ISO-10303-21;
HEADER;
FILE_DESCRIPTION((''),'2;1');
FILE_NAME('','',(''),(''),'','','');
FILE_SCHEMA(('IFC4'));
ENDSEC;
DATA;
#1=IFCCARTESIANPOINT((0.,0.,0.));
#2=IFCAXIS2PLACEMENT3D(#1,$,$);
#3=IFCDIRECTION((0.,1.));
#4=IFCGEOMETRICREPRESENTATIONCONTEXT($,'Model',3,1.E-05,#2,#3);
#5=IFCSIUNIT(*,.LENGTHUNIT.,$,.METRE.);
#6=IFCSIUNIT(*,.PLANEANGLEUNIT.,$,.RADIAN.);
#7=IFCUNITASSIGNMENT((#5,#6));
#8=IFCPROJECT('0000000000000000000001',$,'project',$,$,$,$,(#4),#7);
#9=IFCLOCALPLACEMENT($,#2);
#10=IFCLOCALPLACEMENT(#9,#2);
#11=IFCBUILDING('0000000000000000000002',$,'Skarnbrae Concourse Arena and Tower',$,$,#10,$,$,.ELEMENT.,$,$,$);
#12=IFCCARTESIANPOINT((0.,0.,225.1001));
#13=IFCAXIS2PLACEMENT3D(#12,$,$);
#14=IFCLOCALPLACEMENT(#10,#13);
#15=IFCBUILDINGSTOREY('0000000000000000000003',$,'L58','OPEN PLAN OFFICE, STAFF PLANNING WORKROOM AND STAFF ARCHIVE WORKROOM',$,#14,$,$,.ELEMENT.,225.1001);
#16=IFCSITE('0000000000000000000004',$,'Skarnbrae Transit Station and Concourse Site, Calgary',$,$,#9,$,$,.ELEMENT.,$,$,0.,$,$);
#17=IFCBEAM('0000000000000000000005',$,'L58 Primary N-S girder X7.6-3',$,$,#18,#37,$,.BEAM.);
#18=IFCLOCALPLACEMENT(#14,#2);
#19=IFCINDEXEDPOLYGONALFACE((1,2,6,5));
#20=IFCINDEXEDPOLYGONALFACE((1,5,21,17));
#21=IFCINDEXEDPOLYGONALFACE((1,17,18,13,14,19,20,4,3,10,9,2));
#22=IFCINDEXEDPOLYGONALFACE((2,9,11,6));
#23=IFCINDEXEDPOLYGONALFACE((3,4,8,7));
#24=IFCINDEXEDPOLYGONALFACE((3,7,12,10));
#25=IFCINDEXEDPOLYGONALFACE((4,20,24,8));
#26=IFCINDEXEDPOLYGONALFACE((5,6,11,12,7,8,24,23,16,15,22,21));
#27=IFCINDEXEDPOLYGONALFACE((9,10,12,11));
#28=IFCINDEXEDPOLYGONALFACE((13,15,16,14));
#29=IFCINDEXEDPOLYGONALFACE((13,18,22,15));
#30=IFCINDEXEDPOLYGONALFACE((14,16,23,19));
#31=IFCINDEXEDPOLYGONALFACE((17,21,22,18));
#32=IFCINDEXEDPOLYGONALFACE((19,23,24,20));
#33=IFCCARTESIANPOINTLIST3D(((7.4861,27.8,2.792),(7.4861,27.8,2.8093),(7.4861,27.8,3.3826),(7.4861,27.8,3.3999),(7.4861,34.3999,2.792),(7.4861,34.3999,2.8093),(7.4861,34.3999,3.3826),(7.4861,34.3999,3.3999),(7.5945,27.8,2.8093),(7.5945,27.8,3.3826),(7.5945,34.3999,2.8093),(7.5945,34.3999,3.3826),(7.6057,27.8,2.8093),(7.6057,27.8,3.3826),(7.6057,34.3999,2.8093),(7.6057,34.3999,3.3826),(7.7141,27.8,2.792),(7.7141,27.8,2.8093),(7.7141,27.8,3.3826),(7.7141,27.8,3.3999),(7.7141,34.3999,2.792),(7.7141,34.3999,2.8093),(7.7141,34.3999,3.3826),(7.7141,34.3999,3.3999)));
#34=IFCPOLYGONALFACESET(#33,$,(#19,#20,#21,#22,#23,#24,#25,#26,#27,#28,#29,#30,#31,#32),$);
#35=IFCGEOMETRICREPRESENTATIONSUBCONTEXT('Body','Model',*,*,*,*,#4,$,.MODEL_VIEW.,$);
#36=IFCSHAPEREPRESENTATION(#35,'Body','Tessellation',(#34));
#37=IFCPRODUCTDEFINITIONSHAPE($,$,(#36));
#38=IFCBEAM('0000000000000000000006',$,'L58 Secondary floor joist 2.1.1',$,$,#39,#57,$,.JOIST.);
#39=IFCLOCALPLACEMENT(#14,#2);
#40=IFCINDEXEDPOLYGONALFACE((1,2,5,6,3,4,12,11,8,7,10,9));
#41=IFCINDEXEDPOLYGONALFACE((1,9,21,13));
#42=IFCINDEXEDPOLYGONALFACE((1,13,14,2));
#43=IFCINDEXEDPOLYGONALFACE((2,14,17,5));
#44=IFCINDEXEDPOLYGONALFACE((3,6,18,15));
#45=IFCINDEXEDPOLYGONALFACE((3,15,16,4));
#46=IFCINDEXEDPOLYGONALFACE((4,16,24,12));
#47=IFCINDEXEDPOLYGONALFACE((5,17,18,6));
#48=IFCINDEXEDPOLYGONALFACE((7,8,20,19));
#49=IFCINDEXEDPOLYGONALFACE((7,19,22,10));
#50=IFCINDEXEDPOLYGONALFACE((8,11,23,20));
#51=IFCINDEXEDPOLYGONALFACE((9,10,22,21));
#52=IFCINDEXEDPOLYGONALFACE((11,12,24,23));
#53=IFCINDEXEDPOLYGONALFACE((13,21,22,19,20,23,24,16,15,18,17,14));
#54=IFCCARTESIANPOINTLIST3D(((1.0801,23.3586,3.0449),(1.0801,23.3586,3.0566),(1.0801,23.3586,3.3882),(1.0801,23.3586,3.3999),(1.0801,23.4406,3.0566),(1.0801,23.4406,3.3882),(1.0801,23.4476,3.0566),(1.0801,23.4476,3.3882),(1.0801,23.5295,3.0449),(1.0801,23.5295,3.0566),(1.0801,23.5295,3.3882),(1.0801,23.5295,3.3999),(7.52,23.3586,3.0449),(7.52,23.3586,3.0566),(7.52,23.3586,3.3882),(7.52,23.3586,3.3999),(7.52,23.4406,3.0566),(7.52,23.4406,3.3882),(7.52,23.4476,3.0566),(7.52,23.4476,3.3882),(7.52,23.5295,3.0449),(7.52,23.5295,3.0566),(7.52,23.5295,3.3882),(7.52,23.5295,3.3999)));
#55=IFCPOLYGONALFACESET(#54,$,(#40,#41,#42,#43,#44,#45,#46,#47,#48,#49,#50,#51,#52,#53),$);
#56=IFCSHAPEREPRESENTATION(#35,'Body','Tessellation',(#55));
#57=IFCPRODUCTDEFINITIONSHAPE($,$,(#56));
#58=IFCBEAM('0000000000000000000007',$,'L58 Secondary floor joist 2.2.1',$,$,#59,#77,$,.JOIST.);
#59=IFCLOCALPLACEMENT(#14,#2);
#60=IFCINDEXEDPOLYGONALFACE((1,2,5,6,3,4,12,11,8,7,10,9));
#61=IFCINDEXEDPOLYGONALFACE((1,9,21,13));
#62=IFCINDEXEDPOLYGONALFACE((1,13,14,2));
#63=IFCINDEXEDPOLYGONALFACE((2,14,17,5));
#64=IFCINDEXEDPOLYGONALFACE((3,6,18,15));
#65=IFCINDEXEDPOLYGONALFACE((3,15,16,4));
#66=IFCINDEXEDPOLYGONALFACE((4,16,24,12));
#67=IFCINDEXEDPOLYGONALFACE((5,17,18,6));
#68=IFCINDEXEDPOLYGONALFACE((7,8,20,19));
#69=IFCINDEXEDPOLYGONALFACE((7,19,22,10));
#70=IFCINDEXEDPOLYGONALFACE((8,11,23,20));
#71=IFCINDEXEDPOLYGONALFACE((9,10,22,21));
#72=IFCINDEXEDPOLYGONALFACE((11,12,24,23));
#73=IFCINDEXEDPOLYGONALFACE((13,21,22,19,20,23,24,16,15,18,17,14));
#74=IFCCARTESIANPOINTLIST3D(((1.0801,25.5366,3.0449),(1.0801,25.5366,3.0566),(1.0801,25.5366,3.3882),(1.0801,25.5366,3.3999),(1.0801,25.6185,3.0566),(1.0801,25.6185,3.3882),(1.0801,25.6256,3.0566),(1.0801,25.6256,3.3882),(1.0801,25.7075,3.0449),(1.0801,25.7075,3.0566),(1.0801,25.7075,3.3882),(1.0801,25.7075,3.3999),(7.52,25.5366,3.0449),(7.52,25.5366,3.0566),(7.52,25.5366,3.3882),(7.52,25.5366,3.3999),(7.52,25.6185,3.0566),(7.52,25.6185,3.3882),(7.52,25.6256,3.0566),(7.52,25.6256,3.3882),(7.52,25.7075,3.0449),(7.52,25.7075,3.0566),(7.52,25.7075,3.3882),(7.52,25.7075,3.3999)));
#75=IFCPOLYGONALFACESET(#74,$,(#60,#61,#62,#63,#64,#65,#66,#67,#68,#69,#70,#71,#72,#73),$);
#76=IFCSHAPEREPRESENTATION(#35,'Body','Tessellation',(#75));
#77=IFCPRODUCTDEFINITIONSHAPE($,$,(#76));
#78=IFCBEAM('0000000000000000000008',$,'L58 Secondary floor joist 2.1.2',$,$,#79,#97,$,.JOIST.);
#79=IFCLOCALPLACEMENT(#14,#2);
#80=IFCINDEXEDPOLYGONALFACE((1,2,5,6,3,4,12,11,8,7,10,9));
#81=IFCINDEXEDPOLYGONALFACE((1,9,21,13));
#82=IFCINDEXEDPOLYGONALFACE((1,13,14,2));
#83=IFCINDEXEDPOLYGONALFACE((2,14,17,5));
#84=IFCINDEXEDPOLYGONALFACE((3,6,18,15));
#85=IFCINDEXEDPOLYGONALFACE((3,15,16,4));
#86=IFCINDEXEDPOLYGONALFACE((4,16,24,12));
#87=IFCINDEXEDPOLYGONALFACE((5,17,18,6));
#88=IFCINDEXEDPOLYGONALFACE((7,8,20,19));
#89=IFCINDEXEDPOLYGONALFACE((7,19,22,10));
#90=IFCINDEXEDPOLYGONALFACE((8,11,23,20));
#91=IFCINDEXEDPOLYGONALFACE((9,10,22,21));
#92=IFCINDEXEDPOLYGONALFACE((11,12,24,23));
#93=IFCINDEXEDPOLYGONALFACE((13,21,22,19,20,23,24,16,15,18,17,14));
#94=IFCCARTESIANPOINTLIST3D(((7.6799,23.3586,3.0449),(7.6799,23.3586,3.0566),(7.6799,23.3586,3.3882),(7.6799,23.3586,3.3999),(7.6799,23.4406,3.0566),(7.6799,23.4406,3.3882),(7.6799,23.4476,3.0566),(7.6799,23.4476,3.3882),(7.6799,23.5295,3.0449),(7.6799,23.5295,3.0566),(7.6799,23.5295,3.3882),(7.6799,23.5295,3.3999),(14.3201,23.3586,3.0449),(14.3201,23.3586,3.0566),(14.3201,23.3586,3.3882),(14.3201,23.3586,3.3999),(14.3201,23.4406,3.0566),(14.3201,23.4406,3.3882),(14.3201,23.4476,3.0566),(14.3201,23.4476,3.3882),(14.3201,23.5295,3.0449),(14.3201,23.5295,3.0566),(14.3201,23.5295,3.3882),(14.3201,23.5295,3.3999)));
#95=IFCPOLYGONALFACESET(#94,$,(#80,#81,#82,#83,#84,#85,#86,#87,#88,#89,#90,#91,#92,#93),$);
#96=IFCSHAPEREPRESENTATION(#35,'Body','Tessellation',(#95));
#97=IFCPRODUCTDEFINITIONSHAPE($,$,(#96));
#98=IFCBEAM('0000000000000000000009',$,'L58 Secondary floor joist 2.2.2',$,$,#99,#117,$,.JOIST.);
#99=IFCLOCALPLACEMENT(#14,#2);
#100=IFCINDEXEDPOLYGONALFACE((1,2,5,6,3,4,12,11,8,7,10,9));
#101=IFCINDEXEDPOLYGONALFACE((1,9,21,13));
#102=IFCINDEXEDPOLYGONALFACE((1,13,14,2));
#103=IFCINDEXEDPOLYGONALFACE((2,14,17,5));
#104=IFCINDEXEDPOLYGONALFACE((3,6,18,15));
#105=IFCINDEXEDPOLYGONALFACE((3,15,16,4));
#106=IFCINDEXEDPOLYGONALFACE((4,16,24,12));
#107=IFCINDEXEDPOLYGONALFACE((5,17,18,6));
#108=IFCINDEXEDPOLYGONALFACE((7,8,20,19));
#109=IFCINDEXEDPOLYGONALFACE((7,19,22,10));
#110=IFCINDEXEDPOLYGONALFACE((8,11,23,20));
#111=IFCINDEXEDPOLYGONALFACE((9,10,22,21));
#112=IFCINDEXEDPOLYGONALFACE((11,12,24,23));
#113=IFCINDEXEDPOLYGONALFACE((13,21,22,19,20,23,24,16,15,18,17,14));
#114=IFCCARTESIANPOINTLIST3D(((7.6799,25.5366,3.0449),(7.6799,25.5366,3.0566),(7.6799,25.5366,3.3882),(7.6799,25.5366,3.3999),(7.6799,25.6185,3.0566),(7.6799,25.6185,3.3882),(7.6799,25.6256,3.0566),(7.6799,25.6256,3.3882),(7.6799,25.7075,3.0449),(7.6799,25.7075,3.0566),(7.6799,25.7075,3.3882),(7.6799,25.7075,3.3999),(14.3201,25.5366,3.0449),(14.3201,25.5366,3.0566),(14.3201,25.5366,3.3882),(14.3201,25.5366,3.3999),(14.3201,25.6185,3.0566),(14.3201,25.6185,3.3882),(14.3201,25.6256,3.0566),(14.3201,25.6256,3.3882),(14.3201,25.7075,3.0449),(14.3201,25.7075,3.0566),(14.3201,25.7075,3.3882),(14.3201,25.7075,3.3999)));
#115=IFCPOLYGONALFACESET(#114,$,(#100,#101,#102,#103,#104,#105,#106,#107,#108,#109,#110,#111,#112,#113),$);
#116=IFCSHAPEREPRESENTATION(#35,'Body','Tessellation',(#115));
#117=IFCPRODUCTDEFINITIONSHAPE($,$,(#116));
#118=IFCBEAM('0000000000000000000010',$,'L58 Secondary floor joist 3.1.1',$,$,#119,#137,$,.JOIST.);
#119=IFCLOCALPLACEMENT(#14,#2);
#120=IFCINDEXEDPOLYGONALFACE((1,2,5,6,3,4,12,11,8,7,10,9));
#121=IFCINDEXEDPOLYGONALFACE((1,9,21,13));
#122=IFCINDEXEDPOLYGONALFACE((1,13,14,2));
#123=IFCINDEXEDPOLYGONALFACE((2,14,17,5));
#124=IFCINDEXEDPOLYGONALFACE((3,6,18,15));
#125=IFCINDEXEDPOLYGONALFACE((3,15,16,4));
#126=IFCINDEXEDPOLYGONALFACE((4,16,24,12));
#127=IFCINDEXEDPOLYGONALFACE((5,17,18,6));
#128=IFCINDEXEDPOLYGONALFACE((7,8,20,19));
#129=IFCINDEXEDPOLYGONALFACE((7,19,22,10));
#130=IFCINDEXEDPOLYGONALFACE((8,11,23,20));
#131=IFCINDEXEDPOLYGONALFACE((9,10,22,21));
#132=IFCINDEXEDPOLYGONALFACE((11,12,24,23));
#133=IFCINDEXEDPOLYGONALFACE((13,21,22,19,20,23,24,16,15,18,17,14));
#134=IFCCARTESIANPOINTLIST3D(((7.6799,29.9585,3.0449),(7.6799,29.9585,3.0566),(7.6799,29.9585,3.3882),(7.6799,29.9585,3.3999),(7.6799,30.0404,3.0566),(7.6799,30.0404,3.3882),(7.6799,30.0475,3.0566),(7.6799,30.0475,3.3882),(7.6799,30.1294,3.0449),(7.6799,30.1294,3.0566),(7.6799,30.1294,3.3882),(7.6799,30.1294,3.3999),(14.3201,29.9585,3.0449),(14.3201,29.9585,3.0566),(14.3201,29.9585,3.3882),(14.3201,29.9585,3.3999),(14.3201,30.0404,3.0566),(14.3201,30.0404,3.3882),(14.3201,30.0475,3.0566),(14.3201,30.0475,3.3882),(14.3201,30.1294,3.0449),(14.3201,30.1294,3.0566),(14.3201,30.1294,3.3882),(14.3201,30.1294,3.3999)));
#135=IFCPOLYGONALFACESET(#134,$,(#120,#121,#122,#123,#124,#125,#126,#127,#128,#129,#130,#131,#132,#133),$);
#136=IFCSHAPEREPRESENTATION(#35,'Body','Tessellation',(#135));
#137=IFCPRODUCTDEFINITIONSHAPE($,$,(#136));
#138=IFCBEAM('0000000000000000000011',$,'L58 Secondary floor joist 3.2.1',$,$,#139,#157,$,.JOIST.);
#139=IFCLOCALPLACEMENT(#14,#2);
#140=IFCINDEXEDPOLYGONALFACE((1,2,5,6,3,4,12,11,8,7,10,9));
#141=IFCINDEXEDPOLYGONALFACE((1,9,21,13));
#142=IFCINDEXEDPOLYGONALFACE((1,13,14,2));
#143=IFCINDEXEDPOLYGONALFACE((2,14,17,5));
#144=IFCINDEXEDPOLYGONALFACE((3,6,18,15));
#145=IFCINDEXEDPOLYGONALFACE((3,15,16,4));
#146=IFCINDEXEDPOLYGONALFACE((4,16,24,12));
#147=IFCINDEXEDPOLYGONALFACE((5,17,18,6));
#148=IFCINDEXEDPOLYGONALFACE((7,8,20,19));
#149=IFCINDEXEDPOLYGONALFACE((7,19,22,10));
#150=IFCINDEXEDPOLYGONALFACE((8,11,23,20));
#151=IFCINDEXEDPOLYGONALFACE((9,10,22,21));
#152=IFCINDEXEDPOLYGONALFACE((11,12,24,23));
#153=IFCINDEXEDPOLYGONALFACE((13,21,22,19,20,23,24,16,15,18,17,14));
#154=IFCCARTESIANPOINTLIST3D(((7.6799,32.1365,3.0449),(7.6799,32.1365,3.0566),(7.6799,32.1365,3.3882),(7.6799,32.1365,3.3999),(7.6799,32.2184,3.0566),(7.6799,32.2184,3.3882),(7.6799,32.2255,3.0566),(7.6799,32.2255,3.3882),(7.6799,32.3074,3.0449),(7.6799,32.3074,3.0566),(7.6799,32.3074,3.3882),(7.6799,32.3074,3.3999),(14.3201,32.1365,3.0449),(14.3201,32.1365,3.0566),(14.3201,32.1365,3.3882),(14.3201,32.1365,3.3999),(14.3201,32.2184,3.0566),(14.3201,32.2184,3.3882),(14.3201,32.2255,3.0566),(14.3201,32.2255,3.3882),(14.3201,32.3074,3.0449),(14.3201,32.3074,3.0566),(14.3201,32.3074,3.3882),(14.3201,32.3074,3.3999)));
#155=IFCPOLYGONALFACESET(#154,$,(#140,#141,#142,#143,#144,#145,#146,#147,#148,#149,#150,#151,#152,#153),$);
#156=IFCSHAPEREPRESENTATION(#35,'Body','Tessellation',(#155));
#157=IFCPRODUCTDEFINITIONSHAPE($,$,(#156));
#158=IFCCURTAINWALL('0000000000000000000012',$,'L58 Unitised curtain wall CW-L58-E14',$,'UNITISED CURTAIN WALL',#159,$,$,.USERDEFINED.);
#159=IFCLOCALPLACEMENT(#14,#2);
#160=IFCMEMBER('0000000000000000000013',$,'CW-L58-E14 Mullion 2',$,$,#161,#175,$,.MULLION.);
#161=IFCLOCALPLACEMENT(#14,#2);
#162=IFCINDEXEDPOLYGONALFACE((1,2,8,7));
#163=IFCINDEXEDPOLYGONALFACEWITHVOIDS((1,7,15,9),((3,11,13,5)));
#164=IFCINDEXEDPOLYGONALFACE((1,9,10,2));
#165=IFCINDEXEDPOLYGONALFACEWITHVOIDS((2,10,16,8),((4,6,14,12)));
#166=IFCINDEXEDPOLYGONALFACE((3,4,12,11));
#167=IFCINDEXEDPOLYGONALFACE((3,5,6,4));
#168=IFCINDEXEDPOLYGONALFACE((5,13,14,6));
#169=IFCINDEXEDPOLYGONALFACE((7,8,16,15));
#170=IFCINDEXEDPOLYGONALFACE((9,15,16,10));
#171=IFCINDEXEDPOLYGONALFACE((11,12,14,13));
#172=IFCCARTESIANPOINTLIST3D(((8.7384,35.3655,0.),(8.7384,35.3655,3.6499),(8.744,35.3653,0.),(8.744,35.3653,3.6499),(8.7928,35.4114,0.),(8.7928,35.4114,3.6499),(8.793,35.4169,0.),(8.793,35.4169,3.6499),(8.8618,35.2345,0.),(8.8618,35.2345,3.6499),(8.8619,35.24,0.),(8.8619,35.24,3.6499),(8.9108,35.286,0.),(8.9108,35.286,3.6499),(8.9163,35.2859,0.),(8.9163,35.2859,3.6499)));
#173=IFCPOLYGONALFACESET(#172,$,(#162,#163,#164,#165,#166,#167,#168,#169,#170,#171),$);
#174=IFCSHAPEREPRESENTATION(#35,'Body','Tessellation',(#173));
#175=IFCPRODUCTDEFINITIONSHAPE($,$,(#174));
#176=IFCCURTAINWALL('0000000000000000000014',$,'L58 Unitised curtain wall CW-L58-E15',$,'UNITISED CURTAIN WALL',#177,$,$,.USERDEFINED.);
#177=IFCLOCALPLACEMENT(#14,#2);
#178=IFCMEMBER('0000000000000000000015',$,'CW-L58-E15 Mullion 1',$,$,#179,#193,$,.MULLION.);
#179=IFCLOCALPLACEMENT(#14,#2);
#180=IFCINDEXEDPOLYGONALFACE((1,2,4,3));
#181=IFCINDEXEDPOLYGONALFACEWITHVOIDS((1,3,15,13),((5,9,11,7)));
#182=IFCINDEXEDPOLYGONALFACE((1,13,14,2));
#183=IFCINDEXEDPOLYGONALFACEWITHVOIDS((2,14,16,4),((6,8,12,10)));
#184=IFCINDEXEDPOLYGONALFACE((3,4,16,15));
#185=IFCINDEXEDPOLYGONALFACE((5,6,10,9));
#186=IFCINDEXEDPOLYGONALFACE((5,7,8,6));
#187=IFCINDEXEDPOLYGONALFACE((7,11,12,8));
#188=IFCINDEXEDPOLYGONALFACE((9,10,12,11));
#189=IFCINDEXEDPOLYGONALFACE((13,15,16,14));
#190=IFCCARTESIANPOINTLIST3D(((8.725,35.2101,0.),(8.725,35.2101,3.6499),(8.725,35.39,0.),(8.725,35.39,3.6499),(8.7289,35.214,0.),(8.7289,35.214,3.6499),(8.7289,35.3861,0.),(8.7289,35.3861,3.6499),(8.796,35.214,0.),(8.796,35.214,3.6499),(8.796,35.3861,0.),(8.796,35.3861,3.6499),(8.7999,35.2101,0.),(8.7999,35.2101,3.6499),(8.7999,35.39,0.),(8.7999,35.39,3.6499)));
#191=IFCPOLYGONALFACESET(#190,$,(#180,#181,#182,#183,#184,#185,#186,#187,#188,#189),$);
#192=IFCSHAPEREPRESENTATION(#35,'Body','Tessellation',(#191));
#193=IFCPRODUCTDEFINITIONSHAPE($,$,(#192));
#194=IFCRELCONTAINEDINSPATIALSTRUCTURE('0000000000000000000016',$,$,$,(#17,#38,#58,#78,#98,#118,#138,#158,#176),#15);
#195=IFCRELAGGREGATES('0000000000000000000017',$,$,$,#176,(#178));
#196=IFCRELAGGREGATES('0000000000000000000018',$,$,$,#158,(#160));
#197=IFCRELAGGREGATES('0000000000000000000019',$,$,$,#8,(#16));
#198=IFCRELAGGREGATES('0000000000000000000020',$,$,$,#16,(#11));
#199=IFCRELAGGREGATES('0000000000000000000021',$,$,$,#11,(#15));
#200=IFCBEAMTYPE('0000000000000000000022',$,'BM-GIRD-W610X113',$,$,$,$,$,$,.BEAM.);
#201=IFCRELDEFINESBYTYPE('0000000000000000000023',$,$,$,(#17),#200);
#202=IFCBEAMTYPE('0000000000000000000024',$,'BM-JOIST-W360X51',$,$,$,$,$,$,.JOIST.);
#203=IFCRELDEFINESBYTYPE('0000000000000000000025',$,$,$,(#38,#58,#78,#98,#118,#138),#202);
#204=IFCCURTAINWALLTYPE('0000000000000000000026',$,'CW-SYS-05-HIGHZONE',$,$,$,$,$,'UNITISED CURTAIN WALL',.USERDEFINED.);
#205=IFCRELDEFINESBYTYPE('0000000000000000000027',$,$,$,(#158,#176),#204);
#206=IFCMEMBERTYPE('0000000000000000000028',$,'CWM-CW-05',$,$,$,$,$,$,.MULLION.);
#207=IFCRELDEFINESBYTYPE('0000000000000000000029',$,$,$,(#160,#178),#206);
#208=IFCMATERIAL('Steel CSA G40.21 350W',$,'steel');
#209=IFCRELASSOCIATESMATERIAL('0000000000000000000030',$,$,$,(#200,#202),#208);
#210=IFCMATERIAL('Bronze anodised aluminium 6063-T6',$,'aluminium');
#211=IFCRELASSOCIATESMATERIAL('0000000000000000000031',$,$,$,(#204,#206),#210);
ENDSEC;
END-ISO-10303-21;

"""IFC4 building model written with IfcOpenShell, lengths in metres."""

from ifc_helpers import new_model, si_unit, direction, frame, origin, origin_2d, place, context, subcontext, project, spatial, hollow_rectangle, i_section, extrude, source, transform, mapped, material, material_profile, profile_set, type_object, element, aggregate, save


model = new_model("IFC4")

# Units and contexts
model_context = context("Model", 3, precision=1e-05, world=origin(), true_north=direction((0.0, 1.0)))
body_context = subcontext(model_context, "Body", "Model", "MODEL_VIEW")
ifc_project = project(units=[si_unit("LENGTHUNIT", "METRE"), si_unit("PLANEANGLEUNIT", "RADIAN")], contexts=[model_context])

# Site, building, storey
site_placement = place(None, origin())
site = spatial("IfcSite", under=ifc_project, at=site_placement, Name="Skarnbrae Transit Station and Concourse Site, Calgary", CompositionType="ELEMENT", RefElevation=0.0)
building_placement = place(site_placement, origin())
building = spatial("IfcBuilding", under=site, at=building_placement, Name="Skarnbrae Concourse Arena and Tower", CompositionType="ELEMENT")
storey_placement = place(building_placement, frame((0.0, 0.0, 225.1001)))
storey = spatial("IfcBuildingStorey", under=building, at=storey_placement, Name="L58", Description="OPEN PLAN OFFICE, STAFF PLANNING WORKROOM AND STAFF ARCHIVE WORKROOM", CompositionType="ELEMENT", Elevation=225.1001)

# Shared definitions
ifc_material_1 = material(Name="Steel CSA G40.21 350W", Category="steel")

# Beams
ifc_material_profile_1 = material_profile(ifc_material_1, i_section(OverallWidth=0.228, OverallDepth=0.6079, WebThickness=0.0112, FlangeThickness=0.0173, at=origin_2d()), Name="W610X113")
ifc_profile_set_1 = profile_set([ifc_material_profile_1], Name="Steel CSA G40.21 350W")
beam_type_1 = type_object("IfcBeamType", Name="BM-GIRD-W610X113", PredefinedType="BEAM", material=ifc_profile_set_1)
shared_shape_1 = source(origin(), body_context, "Body", "SweptSolid", [
    extrude(i_section(OverallWidth=0.228, OverallDepth=0.6079, WebThickness=0.0112, FlangeThickness=0.0173, at=origin_2d()), origin(), (0.0, 0.0, 1.0), 6.5999),
])
beam_1_placement = place(storey_placement, frame((7.6001, 27.8, 3.0959), z_axis=(0.0, 1.0, 0.0), x_axis=(-1.0, 0.0, 0.0)))
element("IfcBeam", 1, at=beam_1_placement, inside=storey, type_object=beam_type_1, Name="L58 Primary N-S girder X7.6-3", PredefinedType="BEAM", context=body_context, shape_type="MappedRepresentation", body=[
    mapped(shared_shape_1, transform((0.0, 0.0, 0.0))),
])
ifc_material_profile_2 = material_profile(ifc_material_1, i_section(OverallWidth=0.1709, OverallDepth=0.355, WebThickness=0.0071, FlangeThickness=0.0117, at=origin_2d()), Name="W360X51")
ifc_profile_set_2 = profile_set([ifc_material_profile_2], Name="Steel CSA G40.21 350W")
beam_type_2 = type_object("IfcBeamType", Name="BM-JOIST-W360X51", PredefinedType="JOIST", material=ifc_profile_set_2)
shared_shape_2 = source(origin(), body_context, "Body", "SweptSolid", [
    extrude(i_section(OverallWidth=0.1709, OverallDepth=0.355, WebThickness=0.0071, FlangeThickness=0.0117, at=origin_2d()), origin(), (0.0, 0.0, 1.0), 6.4399),
])
for number, where, z_axis, x_axis, name in (
    (2, (1.0801, 23.4441, 3.2224), (1.0, 0.0, 0.0), (0.0, 1.0, 0.0), "L58 Secondary floor joist 2.1.1"),
    (3, (1.0801, 25.6221, 3.2224), (1.0, 0.0, 0.0), (0.0, 1.0, 0.0), "L58 Secondary floor joist 2.2.1"),
):
    element("IfcBeam", number, at=place(storey_placement, frame(where, z_axis=z_axis, x_axis=x_axis)), inside=storey, type_object=beam_type_2, Name=name, PredefinedType="JOIST", context=body_context, shape_type="MappedRepresentation", body=[
        mapped(shared_shape_2, transform((0.0, 0.0, 0.0))),
    ])
shared_shape_3 = source(origin(), body_context, "Body", "SweptSolid", [
    extrude(i_section(OverallWidth=0.1709, OverallDepth=0.355, WebThickness=0.0071, FlangeThickness=0.0117, at=origin_2d()), origin(), (0.0, 0.0, 1.0), 6.6401),
])
for number, where, z_axis, x_axis, name in (
    (4, (7.6799, 23.4441, 3.2224), (1.0, 0.0, 0.0), (0.0, 1.0, 0.0), "L58 Secondary floor joist 2.1.2"),
    (5, (7.6799, 25.6221, 3.2224), (1.0, 0.0, 0.0), (0.0, 1.0, 0.0), "L58 Secondary floor joist 2.2.2"),
    (6, (7.6799, 30.0439, 3.2224), (1.0, 0.0, 0.0), (0.0, 1.0, 0.0), "L58 Secondary floor joist 3.1.1"),
    (7, (7.6799, 32.2219, 3.2224), (1.0, 0.0, 0.0), (0.0, 1.0, 0.0), "L58 Secondary floor joist 3.2.1"),
):
    element("IfcBeam", number, at=place(storey_placement, frame(where, z_axis=z_axis, x_axis=x_axis)), inside=storey, type_object=beam_type_2, Name=name, PredefinedType="JOIST", context=body_context, shape_type="MappedRepresentation", body=[
        mapped(shared_shape_3, transform((0.0, 0.0, 0.0))),
    ])

# Curtain wall, member
ifc_material_2 = material(Name="Bronze anodised aluminium 6063-T6", Category="aluminium")
curtain_wall_type = type_object("IfcCurtainWallType", Name="CW-SYS-05-HIGHZONE", ElementType="UNITISED CURTAIN WALL", PredefinedType="USERDEFINED", material=ifc_material_2)
curtain_wall_1_placement = place(storey_placement, origin())
curtain_wall_1 = element("IfcCurtainWall", 8, at=curtain_wall_1_placement, inside=storey, type_object=curtain_wall_type, Name="L58 Unitised curtain wall CW-L58-E14", ObjectType="UNITISED CURTAIN WALL", PredefinedType="USERDEFINED")
ifc_material_profile_3 = material_profile(ifc_material_2, hollow_rectangle(XDim=0.075, YDim=0.1799, WallThickness=0.0039, at=origin_2d()), Name="ALU-MULL-75X180")
ifc_profile_set_3 = profile_set([ifc_material_profile_3], Name="Bronze anodised aluminium 6063-T6")
member_type_1 = type_object("IfcMemberType", Name="CWM-CW-05", PredefinedType="MULLION", material=ifc_profile_set_3)
shared_shape_4 = source(origin(), body_context, "Body", "SweptSolid", [
    extrude(hollow_rectangle(XDim=0.075, YDim=0.1799, WallThickness=0.0039, at=origin_2d()), origin(), (0.0, 0.0, 1.0), 3.6499),
])
member_1_placement = place(storey_placement, frame((8.8274, 35.3257, 0.0), z_axis=(0.0, 0.0, 1.0), x_axis=(-0.728131, -0.685438, 0.0)))
member_1 = element("IfcMember", 9, at=member_1_placement, type_object=member_type_1, Name="CW-L58-E14 Mullion 2", PredefinedType="MULLION", context=body_context, shape_type="MappedRepresentation", body=[
    mapped(shared_shape_4, transform((0.0, 0.0, 0.0))),
])

# Curtain wall, member
curtain_wall_2_placement = place(storey_placement, origin())
curtain_wall_2 = element("IfcCurtainWall", 10, at=curtain_wall_2_placement, inside=storey, type_object=curtain_wall_type, Name="L58 Unitised curtain wall CW-L58-E15", ObjectType="UNITISED CURTAIN WALL", PredefinedType="USERDEFINED")
member_2_placement = place(storey_placement, frame((8.7625, 35.3, 0.0), z_axis=(0.0, 0.0, 1.0), x_axis=(-1.0, 0.0, 0.0)))
member_2 = element("IfcMember", 11, at=member_2_placement, type_object=member_type_1, Name="CW-L58-E15 Mullion 1", PredefinedType="MULLION", context=body_context, shape_type="MappedRepresentation", body=[
    mapped(shared_shape_4, transform((0.0, 0.0, 0.0))),
])

aggregate(curtain_wall_2, [member_2])
aggregate(curtain_wall_1, [member_1])

save(model, "model.ifc")
